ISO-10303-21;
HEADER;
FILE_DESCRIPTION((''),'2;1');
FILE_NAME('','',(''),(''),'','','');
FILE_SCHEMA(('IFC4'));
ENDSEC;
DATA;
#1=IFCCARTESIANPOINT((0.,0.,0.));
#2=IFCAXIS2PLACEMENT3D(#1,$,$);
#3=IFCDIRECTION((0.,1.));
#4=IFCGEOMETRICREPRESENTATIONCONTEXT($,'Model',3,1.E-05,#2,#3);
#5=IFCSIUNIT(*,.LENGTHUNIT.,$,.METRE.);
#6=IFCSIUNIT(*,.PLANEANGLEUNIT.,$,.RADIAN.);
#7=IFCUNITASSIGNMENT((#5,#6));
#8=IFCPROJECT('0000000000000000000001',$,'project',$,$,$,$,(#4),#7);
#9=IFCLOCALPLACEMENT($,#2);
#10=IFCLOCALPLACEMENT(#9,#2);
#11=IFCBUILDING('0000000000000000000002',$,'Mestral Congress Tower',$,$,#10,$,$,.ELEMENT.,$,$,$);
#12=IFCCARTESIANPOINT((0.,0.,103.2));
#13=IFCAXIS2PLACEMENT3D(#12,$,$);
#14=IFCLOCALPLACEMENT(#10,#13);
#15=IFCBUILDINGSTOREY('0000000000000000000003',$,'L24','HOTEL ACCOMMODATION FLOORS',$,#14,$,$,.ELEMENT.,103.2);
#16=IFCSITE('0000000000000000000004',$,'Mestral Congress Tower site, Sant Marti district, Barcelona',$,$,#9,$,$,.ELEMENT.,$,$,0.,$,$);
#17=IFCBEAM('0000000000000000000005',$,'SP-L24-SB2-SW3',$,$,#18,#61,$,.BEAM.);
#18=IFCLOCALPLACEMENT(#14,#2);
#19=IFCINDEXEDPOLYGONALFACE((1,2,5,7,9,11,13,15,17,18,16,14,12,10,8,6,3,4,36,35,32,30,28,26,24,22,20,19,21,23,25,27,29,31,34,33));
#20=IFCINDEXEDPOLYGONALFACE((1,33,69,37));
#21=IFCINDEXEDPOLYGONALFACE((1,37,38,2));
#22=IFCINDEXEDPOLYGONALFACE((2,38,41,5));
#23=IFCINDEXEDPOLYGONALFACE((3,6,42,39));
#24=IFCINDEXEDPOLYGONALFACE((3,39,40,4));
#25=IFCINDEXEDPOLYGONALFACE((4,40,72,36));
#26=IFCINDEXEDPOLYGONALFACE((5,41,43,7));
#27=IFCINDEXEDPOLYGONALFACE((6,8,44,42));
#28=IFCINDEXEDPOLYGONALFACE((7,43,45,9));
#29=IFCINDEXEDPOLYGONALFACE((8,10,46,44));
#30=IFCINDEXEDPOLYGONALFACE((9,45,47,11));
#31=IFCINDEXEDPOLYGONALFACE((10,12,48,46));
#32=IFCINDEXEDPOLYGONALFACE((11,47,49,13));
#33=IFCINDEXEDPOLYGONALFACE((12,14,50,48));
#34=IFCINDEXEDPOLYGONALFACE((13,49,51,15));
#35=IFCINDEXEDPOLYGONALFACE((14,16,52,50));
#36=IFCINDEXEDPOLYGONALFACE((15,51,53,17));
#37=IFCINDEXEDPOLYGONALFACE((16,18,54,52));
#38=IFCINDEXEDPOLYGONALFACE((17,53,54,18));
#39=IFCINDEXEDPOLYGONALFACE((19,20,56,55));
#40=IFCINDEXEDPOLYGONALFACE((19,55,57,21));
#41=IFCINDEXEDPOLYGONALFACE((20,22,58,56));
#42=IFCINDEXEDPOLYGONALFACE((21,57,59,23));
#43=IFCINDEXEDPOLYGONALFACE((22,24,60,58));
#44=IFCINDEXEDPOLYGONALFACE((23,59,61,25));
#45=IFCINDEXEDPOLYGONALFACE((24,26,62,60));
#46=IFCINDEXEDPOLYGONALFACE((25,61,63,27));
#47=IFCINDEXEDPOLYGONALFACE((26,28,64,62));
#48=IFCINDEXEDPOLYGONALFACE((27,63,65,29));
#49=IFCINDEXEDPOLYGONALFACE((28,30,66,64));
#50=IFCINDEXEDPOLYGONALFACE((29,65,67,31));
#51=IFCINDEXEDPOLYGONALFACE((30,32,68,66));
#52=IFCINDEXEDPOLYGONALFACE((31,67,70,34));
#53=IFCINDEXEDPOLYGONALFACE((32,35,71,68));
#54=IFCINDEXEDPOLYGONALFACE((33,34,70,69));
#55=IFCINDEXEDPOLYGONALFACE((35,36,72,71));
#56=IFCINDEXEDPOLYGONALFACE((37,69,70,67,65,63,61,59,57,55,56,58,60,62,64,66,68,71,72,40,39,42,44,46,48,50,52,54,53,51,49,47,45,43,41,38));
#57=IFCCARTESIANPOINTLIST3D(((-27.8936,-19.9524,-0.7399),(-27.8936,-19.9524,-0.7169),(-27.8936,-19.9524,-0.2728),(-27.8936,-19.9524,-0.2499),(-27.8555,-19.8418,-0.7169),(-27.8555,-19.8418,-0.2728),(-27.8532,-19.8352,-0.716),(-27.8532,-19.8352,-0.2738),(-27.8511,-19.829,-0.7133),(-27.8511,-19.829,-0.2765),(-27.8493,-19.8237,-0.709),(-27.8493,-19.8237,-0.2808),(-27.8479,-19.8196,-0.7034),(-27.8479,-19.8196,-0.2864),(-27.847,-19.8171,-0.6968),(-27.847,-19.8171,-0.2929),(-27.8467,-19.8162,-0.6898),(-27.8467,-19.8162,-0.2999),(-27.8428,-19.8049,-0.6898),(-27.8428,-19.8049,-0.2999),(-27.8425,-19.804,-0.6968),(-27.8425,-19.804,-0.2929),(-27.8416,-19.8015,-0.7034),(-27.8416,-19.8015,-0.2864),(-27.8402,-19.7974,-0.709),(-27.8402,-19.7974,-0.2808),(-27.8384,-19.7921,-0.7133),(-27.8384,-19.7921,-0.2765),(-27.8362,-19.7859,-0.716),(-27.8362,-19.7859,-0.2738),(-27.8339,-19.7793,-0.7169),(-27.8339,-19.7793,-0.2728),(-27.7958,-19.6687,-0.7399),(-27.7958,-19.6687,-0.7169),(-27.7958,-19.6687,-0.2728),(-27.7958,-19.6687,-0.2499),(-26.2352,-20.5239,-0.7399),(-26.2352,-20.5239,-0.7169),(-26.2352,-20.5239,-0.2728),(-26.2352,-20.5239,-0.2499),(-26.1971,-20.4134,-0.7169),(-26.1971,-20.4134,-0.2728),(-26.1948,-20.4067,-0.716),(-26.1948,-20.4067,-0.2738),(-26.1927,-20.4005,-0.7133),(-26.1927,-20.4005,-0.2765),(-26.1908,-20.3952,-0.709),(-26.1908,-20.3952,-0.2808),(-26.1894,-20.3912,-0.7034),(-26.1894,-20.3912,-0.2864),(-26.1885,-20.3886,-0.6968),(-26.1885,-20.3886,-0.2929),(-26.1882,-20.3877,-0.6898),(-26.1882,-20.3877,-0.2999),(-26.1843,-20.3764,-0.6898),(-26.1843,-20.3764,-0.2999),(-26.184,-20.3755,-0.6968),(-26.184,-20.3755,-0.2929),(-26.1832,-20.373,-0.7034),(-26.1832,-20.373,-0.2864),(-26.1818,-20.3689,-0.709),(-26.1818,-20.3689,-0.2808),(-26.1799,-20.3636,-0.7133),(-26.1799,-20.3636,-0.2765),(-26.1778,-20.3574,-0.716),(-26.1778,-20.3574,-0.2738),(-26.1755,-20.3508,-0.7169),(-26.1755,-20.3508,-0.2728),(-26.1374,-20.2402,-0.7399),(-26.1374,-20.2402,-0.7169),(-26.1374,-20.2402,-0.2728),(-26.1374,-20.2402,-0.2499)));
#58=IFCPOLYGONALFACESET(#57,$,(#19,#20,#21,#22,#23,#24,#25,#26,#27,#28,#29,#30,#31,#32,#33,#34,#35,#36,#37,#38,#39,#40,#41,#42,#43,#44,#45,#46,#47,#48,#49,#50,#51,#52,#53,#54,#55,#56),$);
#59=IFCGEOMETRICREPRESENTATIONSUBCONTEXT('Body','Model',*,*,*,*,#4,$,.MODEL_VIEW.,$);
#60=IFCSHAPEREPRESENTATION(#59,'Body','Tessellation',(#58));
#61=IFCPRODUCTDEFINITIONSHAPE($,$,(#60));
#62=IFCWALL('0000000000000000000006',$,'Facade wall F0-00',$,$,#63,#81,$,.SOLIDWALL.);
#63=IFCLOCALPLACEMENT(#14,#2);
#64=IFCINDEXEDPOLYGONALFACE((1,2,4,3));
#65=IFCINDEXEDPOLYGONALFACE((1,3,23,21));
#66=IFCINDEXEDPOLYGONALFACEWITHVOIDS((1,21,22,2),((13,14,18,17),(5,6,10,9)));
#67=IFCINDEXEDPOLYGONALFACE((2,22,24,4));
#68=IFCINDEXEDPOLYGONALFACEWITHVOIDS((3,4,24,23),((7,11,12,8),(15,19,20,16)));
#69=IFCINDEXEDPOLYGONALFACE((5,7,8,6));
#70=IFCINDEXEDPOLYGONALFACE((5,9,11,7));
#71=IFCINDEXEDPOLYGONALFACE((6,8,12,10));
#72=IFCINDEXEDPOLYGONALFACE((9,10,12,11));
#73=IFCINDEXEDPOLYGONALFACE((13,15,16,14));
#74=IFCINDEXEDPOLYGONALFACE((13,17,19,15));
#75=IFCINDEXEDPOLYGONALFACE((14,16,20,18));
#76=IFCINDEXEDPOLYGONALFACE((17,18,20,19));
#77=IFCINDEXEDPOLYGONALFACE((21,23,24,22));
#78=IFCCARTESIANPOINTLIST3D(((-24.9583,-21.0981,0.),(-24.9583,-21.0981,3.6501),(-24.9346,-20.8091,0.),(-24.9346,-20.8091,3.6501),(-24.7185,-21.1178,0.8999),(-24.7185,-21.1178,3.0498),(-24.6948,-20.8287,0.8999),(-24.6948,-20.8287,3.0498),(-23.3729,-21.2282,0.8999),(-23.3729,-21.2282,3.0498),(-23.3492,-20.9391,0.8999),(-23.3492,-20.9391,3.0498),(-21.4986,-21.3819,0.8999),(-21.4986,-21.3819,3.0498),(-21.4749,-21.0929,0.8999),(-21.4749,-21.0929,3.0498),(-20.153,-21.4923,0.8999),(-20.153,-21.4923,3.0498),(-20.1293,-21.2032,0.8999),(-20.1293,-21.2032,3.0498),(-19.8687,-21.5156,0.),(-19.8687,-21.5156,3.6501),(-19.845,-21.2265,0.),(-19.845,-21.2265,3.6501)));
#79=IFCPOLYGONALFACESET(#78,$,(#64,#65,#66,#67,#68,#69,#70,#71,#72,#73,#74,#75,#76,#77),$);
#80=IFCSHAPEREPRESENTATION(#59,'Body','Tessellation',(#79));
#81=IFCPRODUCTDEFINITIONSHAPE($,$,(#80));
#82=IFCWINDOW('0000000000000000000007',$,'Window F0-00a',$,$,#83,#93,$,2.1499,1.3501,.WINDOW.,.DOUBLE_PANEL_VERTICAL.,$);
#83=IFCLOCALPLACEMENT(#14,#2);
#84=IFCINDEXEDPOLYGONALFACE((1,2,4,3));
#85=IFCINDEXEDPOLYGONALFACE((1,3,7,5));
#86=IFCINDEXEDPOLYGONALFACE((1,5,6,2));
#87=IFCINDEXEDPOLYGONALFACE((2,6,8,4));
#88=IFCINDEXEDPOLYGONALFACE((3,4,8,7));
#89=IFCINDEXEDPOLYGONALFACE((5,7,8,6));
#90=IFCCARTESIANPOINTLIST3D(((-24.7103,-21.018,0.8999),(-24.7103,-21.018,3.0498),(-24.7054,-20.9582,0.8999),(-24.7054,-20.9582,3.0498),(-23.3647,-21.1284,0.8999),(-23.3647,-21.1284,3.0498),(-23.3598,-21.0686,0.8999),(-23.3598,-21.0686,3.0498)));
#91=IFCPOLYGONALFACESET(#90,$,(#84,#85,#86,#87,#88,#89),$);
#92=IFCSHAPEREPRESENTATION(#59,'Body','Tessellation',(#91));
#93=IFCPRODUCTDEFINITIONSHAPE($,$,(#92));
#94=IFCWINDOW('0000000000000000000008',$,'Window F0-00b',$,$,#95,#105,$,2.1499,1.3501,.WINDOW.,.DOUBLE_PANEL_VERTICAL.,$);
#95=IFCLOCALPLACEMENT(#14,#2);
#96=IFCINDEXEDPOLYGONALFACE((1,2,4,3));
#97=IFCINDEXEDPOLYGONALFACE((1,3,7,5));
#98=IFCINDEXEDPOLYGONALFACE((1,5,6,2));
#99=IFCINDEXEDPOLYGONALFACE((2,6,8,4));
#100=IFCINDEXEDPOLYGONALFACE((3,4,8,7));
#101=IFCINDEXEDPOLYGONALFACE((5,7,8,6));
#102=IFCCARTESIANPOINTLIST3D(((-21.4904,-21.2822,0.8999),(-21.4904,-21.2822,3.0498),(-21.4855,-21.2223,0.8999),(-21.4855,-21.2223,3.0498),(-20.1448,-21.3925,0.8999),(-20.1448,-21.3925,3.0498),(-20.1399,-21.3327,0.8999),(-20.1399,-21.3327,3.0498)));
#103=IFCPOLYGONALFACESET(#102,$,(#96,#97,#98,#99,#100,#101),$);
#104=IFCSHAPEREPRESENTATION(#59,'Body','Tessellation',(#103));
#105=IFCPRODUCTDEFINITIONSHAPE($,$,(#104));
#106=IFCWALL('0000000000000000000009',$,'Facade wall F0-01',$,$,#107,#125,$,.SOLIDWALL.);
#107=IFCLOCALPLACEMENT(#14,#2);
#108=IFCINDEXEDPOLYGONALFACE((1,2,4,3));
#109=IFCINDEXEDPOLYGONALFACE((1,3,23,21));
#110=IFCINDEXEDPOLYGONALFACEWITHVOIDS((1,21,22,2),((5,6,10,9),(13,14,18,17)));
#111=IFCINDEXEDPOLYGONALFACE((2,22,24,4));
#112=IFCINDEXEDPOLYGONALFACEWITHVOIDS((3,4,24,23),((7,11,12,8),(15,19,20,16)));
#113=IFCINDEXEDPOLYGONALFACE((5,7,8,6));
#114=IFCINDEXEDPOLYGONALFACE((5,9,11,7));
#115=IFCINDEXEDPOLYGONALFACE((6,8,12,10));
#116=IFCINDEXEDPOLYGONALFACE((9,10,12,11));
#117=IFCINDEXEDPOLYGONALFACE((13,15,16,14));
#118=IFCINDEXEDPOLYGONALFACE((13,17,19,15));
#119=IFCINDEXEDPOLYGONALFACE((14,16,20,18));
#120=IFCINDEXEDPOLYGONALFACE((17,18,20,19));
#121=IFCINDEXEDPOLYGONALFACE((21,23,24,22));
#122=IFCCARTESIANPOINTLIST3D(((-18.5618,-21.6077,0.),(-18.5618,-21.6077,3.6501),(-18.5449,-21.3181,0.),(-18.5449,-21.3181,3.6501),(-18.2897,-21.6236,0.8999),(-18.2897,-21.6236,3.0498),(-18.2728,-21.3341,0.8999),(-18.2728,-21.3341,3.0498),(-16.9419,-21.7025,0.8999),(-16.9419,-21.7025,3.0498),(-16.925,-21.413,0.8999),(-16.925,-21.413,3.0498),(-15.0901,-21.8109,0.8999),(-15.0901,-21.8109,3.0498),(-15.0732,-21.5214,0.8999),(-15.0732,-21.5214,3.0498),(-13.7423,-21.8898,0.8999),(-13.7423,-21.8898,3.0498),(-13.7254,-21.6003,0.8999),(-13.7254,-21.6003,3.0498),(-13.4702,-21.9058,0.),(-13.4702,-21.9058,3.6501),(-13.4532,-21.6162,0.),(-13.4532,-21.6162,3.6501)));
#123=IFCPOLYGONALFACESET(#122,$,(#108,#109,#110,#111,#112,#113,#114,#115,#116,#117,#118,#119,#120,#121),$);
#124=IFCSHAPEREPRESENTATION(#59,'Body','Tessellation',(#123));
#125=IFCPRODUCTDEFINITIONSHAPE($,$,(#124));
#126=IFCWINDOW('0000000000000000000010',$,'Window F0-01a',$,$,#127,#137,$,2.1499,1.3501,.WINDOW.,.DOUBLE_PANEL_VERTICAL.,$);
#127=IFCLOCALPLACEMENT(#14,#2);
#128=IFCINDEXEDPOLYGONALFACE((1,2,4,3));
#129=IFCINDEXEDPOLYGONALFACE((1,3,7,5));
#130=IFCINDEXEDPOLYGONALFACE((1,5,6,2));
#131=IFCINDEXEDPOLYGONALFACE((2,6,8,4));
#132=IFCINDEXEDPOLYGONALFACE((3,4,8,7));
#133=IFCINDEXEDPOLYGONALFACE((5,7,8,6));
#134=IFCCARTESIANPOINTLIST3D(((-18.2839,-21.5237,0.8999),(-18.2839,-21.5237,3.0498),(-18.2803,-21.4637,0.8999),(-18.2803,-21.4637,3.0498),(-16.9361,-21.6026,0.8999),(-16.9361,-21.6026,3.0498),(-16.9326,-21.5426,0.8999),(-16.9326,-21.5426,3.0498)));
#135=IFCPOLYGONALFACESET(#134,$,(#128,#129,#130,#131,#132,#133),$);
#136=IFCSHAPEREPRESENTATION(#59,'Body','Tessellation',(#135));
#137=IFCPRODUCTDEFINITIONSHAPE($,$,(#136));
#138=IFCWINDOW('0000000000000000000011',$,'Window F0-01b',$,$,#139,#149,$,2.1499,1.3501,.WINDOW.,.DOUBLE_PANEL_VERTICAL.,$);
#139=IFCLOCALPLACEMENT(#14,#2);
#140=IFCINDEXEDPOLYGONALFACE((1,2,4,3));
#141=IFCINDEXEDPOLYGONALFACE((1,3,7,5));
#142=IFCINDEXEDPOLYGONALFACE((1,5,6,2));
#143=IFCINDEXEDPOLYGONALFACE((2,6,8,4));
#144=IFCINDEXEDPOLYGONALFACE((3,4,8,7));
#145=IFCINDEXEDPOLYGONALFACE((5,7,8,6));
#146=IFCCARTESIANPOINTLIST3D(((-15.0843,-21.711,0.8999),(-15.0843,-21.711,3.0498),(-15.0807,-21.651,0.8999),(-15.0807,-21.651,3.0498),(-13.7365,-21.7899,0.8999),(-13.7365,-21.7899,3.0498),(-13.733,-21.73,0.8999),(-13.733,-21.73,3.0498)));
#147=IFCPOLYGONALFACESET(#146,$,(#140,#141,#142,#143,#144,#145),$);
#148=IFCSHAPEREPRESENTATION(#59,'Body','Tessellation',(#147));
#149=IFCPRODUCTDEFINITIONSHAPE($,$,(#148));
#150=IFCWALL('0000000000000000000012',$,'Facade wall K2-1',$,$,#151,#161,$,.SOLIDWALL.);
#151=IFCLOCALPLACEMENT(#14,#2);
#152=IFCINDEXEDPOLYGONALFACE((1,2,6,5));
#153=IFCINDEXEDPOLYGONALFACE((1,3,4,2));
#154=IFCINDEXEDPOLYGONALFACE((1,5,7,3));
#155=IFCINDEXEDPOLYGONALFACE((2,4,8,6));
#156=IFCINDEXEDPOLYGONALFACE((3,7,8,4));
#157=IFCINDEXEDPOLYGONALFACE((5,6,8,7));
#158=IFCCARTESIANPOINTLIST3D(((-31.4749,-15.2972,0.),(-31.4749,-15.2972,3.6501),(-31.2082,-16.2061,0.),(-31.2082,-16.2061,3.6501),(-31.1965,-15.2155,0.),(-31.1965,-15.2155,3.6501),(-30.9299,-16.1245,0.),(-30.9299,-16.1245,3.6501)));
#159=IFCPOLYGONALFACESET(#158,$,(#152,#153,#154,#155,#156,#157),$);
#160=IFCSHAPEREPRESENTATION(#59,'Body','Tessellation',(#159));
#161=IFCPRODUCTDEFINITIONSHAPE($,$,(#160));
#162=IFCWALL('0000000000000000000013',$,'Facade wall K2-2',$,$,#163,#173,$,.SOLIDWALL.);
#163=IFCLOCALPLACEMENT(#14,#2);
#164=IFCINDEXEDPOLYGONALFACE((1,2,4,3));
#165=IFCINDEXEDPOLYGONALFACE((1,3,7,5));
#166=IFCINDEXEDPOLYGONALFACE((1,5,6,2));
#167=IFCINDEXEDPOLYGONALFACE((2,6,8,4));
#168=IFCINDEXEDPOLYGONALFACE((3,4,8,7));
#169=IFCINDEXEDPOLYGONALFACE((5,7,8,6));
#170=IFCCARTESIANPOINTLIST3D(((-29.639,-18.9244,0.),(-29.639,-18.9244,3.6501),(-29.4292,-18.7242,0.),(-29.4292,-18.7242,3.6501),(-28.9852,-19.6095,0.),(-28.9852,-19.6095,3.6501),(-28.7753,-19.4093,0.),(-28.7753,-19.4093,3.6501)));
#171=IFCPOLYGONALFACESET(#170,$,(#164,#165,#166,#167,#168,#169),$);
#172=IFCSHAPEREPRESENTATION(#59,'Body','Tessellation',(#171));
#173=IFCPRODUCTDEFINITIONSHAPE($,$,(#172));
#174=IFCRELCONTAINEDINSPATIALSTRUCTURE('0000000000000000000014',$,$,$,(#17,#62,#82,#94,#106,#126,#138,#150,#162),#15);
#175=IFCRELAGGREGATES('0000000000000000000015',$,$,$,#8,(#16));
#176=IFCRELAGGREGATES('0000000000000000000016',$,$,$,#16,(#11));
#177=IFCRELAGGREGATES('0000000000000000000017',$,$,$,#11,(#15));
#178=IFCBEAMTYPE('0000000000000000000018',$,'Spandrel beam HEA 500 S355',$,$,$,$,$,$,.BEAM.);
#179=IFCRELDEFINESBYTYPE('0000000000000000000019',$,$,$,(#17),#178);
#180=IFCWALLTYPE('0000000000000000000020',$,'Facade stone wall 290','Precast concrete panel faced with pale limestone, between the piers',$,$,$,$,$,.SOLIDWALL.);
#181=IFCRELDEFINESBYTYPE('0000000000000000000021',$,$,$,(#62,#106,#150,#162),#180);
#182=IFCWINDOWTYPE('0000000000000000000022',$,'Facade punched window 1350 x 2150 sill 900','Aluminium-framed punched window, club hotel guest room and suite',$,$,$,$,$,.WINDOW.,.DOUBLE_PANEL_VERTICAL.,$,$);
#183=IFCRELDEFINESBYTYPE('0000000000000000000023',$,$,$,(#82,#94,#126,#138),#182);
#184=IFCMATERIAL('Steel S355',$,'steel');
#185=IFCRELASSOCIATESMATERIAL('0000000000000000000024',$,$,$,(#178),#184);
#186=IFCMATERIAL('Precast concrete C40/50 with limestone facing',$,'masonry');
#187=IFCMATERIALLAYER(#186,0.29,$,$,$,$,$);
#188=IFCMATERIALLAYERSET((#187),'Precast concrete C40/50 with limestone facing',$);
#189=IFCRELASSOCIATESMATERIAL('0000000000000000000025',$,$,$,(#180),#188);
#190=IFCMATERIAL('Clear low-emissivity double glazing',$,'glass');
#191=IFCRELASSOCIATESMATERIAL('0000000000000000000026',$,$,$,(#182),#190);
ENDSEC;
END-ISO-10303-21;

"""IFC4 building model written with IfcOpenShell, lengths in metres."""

from ifc_helpers import new_model, si_unit, direction, frame, frame_2d, origin, origin_2d, place, context, subcontext, project, spatial, rectangle, i_section, extrude, material, layer, layer_set, material_profile, profile_set, type_object, element, fill, save


model = new_model("IFC4")

# Units and contexts
model_context = context("Model", 3, precision=1e-05, world=origin(), true_north=direction((0.0, 1.0)))
body_context = subcontext(model_context, "Body", "Model", "MODEL_VIEW")
ifc_project = project(units=[si_unit("LENGTHUNIT", "METRE"), si_unit("PLANEANGLEUNIT", "RADIAN")], contexts=[model_context])

# Site, building, storey
site_placement = place(None, origin())
site = spatial("IfcSite", under=ifc_project, at=site_placement, Name="Mestral Congress Tower site, Sant Marti district, Barcelona", CompositionType="ELEMENT", RefElevation=0.0)
building_placement = place(site_placement, origin())
building = spatial("IfcBuilding", under=site, at=building_placement, Name="Mestral Congress Tower", CompositionType="ELEMENT")
storey_placement = place(building_placement, frame((0.0, 0.0, 103.2)))
storey = spatial("IfcBuildingStorey", under=building, at=storey_placement, Name="L24", Description="HOTEL ACCOMMODATION FLOORS", CompositionType="ELEMENT", Elevation=103.2)

# Beam
ifc_material_1 = material(Name="Steel S355", Category="steel")
ifc_material_profile_1 = material_profile(ifc_material_1, i_section(OverallWidth=0.3, OverallDepth=0.49, WebThickness=0.012, FlangeThickness=0.0229, FilletRadius=0.0271, at=origin_2d()), Name="HEA 500")
ifc_profile_set_1 = profile_set([ifc_material_profile_1], Name="Steel S355")
beam_type_1 = type_object("IfcBeamType", Name="Spandrel beam HEA 500 S355", PredefinedType="BEAM", material=ifc_profile_set_1)
beam_1_placement = place(storey_placement, frame((-27.8447, -19.8105, -0.4949), z_axis=(0.945434, -0.325815, 0.0), x_axis=(0.325815, 0.945434, 0.0)))
element("IfcBeam", 1, at=beam_1_placement, inside=storey, type_object=beam_type_1, Name="SP-L24-SB2-SW3", PredefinedType="BEAM", context=body_context, shape_type="SweptSolid", body=[
    extrude(i_section(OverallWidth=0.3, OverallDepth=0.49, WebThickness=0.012, FlangeThickness=0.0229, FilletRadius=0.0271, at=origin_2d()), origin(), (0.0, 0.0, 1.0), 1.7542),
])

# Walls, openings, windows
ifc_material_2 = material(Name="Precast concrete C40/50 with limestone facing", Category="masonry")
ifc_layer_1 = layer(ifc_material_2, 0.29)
ifc_layer_set_1 = layer_set([ifc_layer_1], Name="Precast concrete C40/50 with limestone facing")
wall_type_1 = type_object("IfcWallType", Name="Facade stone wall 290", Description="Precast concrete panel faced with pale limestone, between the piers", PredefinedType="SOLIDWALL", material=ifc_layer_set_1)
wall_1_placement = place(storey_placement, frame((-24.9463, -20.9536, 0.0), z_axis=(0.0, 0.0, 1.0), x_axis=(0.996653, -0.081752, 0.0)))
wall_1 = element("IfcWall", 2, at=wall_1_placement, inside=storey, type_object=wall_type_1, Name="Facade wall F0-00", PredefinedType="SOLIDWALL", context=body_context, shape_type="SweptSolid", body=[
    extrude(rectangle(XDim=5.1067, YDim=0.29, at=frame_2d((2.5532, 0.0))), origin(), (0.0, 0.0, 1.0), 3.6501),
])
opening_1_placement = place(wall_1_placement, frame((0.2405, 0.0, 0.8999)))
opening_1 = element("IfcOpeningElement", 3, at=opening_1_placement, cuts=wall_1, PredefinedType="OPENING", context=body_context, shape_type="SweptSolid", body=[
    extrude(rectangle(XDim=1.3501, YDim=2.1499, at=frame_2d((0.675, 1.075))), frame((0.0, 0.155, 0.0), z_axis=(0.0, -1.0, 0.0), x_axis=(1.0, 0.0, 0.0)), (0.0, 0.0, 1.0), 0.3101),
])
opening_2_placement = place(wall_1_placement, frame((3.4712, 0.0, 0.8999)))
opening_2 = element("IfcOpeningElement", 4, at=opening_2_placement, cuts=wall_1, PredefinedType="OPENING", context=body_context, shape_type="SweptSolid", body=[
    extrude(rectangle(XDim=1.3501, YDim=2.1499, at=frame_2d((0.675, 1.075))), frame((0.0, 0.155, 0.0), z_axis=(0.0, -1.0, 0.0), x_axis=(1.0, 0.0, 0.0)), (0.0, 0.0, 1.0), 0.3101),
])
ifc_material_3 = material(Name="Clear low-emissivity double glazing", Category="glass")
window_type_1 = type_object("IfcWindowType", Name="Facade punched window 1350 x 2150 sill 900", Description="Aluminium-framed punched window, club hotel guest room and suite", PartitioningType="DOUBLE_PANEL_VERTICAL", PredefinedType="WINDOW", material=ifc_material_3)
window_1_placement = place(opening_1_placement, origin())
window_1 = element("IfcWindow", 5, at=window_1_placement, inside=storey, type_object=window_type_1, Name="Window F0-00a", OverallHeight=2.1499, OverallWidth=1.3501, PartitioningType="DOUBLE_PANEL_VERTICAL", PredefinedType="WINDOW", context=body_context, shape_type="SweptSolid", body=[
    extrude(rectangle(XDim=1.3501, YDim=2.1499, at=frame_2d((0.675, 1.075))), frame((0.0, 0.0151, 0.0), z_axis=(0.0, -1.0, 0.0), x_axis=(1.0, 0.0, 0.0)), (0.0, 0.0, 1.0), 0.0601),
])
fill(opening_1, window_1)
window_2_placement = place(opening_2_placement, origin())
window_2 = element("IfcWindow", 6, at=window_2_placement, inside=storey, type_object=window_type_1, Name="Window F0-00b", OverallHeight=2.1499, OverallWidth=1.3501, PartitioningType="DOUBLE_PANEL_VERTICAL", PredefinedType="WINDOW", context=body_context, shape_type="SweptSolid", body=[
    extrude(rectangle(XDim=1.3501, YDim=2.1499, at=frame_2d((0.675, 1.075))), frame((0.0, 0.0151, 0.0), z_axis=(0.0, -1.0, 0.0), x_axis=(1.0, 0.0, 0.0)), (0.0, 0.0, 1.0), 0.0601),
])
fill(opening_2, window_2)
wall_2_placement = place(storey_placement, frame((-18.5535, -21.4629, 0.0), z_axis=(0.0, 0.0, 1.0), x_axis=(0.998291, -0.058447, 0.0)))
wall_2 = element("IfcWall", 7, at=wall_2_placement, inside=storey, type_object=wall_type_1, Name="Facade wall F0-01", PredefinedType="SOLIDWALL", context=body_context, shape_type="SweptSolid", body=[
    extrude(rectangle(XDim=5.1003, YDim=0.29, at=frame_2d((2.5503, 0.0))), origin(), (0.0, 0.0, 1.0), 3.6501),
])
opening_3_placement = place(wall_2_placement, frame((0.2727, 0.0, 0.8999)))
opening_3 = element("IfcOpeningElement", 8, at=opening_3_placement, cuts=wall_2, PredefinedType="OPENING", context=body_context, shape_type="SweptSolid", body=[
    extrude(rectangle(XDim=1.3501, YDim=2.1499, at=frame_2d((0.675, 1.075))), frame((0.0, 0.155, 0.0), z_axis=(0.0, -1.0, 0.0), x_axis=(1.0, 0.0, 0.0)), (0.0, 0.0, 1.0), 0.3101),
])
opening_4_placement = place(wall_2_placement, frame((3.4778, 0.0, 0.8999)))
opening_4 = element("IfcOpeningElement", 9, at=opening_4_placement, cuts=wall_2, PredefinedType="OPENING", context=body_context, shape_type="SweptSolid", body=[
    extrude(rectangle(XDim=1.3501, YDim=2.1499, at=frame_2d((0.675, 1.075))), frame((0.0, 0.155, 0.0), z_axis=(0.0, -1.0, 0.0), x_axis=(1.0, 0.0, 0.0)), (0.0, 0.0, 1.0), 0.3101),
])
window_3_placement = place(opening_3_placement, origin())
window_3 = element("IfcWindow", 10, at=window_3_placement, inside=storey, type_object=window_type_1, Name="Window F0-01a", OverallHeight=2.1499, OverallWidth=1.3501, PartitioningType="DOUBLE_PANEL_VERTICAL", PredefinedType="WINDOW", context=body_context, shape_type="SweptSolid", body=[
    extrude(rectangle(XDim=1.3501, YDim=2.1499, at=frame_2d((0.675, 1.075))), frame((0.0, 0.0151, 0.0), z_axis=(0.0, -1.0, 0.0), x_axis=(1.0, 0.0, 0.0)), (0.0, 0.0, 1.0), 0.0601),
])
fill(opening_3, window_3)
window_4_placement = place(opening_4_placement, origin())
window_4 = element("IfcWindow", 11, at=window_4_placement, inside=storey, type_object=window_type_1, Name="Window F0-01b", OverallHeight=2.1499, OverallWidth=1.3501, PartitioningType="DOUBLE_PANEL_VERTICAL", PredefinedType="WINDOW", context=body_context, shape_type="SweptSolid", body=[
    extrude(rectangle(XDim=1.3501, YDim=2.1499, at=frame_2d((0.675, 1.075))), frame((0.0, 0.0151, 0.0), z_axis=(0.0, -1.0, 0.0), x_axis=(1.0, 0.0, 0.0)), (0.0, 0.0, 1.0), 0.0601),
])
fill(opening_4, window_4)

# Walls
wall_3_placement = place(storey_placement, frame((-31.3357, -15.2563, 0.0), z_axis=(0.0, 0.0, 1.0), x_axis=(0.281455, -0.959575, 0.0)))
element("IfcWall", 12, at=wall_3_placement, inside=storey, type_object=wall_type_1, Name="Facade wall K2-1", PredefinedType="SOLIDWALL", context=body_context, shape_type="SweptSolid", body=[
    extrude(rectangle(XDim=0.9473, YDim=0.29, at=frame_2d((0.4736, 0.0))), origin(), (0.0, 0.0, 1.0), 3.6501),
])
wall_4_placement = place(storey_placement, frame((-29.5342, -18.8242, 0.0), z_axis=(0.0, 0.0, 1.0), x_axis=(0.690414, -0.723414, 0.0)))
element("IfcWall", 13, at=wall_4_placement, inside=storey, type_object=wall_type_1, Name="Facade wall K2-2", PredefinedType="SOLIDWALL", context=body_context, shape_type="SweptSolid", body=[
    extrude(rectangle(XDim=0.947, YDim=0.29, at=frame_2d((0.4736, 0.0))), origin(), (0.0, 0.0, 1.0), 3.6501),
])

save(model, "model.ifc")
